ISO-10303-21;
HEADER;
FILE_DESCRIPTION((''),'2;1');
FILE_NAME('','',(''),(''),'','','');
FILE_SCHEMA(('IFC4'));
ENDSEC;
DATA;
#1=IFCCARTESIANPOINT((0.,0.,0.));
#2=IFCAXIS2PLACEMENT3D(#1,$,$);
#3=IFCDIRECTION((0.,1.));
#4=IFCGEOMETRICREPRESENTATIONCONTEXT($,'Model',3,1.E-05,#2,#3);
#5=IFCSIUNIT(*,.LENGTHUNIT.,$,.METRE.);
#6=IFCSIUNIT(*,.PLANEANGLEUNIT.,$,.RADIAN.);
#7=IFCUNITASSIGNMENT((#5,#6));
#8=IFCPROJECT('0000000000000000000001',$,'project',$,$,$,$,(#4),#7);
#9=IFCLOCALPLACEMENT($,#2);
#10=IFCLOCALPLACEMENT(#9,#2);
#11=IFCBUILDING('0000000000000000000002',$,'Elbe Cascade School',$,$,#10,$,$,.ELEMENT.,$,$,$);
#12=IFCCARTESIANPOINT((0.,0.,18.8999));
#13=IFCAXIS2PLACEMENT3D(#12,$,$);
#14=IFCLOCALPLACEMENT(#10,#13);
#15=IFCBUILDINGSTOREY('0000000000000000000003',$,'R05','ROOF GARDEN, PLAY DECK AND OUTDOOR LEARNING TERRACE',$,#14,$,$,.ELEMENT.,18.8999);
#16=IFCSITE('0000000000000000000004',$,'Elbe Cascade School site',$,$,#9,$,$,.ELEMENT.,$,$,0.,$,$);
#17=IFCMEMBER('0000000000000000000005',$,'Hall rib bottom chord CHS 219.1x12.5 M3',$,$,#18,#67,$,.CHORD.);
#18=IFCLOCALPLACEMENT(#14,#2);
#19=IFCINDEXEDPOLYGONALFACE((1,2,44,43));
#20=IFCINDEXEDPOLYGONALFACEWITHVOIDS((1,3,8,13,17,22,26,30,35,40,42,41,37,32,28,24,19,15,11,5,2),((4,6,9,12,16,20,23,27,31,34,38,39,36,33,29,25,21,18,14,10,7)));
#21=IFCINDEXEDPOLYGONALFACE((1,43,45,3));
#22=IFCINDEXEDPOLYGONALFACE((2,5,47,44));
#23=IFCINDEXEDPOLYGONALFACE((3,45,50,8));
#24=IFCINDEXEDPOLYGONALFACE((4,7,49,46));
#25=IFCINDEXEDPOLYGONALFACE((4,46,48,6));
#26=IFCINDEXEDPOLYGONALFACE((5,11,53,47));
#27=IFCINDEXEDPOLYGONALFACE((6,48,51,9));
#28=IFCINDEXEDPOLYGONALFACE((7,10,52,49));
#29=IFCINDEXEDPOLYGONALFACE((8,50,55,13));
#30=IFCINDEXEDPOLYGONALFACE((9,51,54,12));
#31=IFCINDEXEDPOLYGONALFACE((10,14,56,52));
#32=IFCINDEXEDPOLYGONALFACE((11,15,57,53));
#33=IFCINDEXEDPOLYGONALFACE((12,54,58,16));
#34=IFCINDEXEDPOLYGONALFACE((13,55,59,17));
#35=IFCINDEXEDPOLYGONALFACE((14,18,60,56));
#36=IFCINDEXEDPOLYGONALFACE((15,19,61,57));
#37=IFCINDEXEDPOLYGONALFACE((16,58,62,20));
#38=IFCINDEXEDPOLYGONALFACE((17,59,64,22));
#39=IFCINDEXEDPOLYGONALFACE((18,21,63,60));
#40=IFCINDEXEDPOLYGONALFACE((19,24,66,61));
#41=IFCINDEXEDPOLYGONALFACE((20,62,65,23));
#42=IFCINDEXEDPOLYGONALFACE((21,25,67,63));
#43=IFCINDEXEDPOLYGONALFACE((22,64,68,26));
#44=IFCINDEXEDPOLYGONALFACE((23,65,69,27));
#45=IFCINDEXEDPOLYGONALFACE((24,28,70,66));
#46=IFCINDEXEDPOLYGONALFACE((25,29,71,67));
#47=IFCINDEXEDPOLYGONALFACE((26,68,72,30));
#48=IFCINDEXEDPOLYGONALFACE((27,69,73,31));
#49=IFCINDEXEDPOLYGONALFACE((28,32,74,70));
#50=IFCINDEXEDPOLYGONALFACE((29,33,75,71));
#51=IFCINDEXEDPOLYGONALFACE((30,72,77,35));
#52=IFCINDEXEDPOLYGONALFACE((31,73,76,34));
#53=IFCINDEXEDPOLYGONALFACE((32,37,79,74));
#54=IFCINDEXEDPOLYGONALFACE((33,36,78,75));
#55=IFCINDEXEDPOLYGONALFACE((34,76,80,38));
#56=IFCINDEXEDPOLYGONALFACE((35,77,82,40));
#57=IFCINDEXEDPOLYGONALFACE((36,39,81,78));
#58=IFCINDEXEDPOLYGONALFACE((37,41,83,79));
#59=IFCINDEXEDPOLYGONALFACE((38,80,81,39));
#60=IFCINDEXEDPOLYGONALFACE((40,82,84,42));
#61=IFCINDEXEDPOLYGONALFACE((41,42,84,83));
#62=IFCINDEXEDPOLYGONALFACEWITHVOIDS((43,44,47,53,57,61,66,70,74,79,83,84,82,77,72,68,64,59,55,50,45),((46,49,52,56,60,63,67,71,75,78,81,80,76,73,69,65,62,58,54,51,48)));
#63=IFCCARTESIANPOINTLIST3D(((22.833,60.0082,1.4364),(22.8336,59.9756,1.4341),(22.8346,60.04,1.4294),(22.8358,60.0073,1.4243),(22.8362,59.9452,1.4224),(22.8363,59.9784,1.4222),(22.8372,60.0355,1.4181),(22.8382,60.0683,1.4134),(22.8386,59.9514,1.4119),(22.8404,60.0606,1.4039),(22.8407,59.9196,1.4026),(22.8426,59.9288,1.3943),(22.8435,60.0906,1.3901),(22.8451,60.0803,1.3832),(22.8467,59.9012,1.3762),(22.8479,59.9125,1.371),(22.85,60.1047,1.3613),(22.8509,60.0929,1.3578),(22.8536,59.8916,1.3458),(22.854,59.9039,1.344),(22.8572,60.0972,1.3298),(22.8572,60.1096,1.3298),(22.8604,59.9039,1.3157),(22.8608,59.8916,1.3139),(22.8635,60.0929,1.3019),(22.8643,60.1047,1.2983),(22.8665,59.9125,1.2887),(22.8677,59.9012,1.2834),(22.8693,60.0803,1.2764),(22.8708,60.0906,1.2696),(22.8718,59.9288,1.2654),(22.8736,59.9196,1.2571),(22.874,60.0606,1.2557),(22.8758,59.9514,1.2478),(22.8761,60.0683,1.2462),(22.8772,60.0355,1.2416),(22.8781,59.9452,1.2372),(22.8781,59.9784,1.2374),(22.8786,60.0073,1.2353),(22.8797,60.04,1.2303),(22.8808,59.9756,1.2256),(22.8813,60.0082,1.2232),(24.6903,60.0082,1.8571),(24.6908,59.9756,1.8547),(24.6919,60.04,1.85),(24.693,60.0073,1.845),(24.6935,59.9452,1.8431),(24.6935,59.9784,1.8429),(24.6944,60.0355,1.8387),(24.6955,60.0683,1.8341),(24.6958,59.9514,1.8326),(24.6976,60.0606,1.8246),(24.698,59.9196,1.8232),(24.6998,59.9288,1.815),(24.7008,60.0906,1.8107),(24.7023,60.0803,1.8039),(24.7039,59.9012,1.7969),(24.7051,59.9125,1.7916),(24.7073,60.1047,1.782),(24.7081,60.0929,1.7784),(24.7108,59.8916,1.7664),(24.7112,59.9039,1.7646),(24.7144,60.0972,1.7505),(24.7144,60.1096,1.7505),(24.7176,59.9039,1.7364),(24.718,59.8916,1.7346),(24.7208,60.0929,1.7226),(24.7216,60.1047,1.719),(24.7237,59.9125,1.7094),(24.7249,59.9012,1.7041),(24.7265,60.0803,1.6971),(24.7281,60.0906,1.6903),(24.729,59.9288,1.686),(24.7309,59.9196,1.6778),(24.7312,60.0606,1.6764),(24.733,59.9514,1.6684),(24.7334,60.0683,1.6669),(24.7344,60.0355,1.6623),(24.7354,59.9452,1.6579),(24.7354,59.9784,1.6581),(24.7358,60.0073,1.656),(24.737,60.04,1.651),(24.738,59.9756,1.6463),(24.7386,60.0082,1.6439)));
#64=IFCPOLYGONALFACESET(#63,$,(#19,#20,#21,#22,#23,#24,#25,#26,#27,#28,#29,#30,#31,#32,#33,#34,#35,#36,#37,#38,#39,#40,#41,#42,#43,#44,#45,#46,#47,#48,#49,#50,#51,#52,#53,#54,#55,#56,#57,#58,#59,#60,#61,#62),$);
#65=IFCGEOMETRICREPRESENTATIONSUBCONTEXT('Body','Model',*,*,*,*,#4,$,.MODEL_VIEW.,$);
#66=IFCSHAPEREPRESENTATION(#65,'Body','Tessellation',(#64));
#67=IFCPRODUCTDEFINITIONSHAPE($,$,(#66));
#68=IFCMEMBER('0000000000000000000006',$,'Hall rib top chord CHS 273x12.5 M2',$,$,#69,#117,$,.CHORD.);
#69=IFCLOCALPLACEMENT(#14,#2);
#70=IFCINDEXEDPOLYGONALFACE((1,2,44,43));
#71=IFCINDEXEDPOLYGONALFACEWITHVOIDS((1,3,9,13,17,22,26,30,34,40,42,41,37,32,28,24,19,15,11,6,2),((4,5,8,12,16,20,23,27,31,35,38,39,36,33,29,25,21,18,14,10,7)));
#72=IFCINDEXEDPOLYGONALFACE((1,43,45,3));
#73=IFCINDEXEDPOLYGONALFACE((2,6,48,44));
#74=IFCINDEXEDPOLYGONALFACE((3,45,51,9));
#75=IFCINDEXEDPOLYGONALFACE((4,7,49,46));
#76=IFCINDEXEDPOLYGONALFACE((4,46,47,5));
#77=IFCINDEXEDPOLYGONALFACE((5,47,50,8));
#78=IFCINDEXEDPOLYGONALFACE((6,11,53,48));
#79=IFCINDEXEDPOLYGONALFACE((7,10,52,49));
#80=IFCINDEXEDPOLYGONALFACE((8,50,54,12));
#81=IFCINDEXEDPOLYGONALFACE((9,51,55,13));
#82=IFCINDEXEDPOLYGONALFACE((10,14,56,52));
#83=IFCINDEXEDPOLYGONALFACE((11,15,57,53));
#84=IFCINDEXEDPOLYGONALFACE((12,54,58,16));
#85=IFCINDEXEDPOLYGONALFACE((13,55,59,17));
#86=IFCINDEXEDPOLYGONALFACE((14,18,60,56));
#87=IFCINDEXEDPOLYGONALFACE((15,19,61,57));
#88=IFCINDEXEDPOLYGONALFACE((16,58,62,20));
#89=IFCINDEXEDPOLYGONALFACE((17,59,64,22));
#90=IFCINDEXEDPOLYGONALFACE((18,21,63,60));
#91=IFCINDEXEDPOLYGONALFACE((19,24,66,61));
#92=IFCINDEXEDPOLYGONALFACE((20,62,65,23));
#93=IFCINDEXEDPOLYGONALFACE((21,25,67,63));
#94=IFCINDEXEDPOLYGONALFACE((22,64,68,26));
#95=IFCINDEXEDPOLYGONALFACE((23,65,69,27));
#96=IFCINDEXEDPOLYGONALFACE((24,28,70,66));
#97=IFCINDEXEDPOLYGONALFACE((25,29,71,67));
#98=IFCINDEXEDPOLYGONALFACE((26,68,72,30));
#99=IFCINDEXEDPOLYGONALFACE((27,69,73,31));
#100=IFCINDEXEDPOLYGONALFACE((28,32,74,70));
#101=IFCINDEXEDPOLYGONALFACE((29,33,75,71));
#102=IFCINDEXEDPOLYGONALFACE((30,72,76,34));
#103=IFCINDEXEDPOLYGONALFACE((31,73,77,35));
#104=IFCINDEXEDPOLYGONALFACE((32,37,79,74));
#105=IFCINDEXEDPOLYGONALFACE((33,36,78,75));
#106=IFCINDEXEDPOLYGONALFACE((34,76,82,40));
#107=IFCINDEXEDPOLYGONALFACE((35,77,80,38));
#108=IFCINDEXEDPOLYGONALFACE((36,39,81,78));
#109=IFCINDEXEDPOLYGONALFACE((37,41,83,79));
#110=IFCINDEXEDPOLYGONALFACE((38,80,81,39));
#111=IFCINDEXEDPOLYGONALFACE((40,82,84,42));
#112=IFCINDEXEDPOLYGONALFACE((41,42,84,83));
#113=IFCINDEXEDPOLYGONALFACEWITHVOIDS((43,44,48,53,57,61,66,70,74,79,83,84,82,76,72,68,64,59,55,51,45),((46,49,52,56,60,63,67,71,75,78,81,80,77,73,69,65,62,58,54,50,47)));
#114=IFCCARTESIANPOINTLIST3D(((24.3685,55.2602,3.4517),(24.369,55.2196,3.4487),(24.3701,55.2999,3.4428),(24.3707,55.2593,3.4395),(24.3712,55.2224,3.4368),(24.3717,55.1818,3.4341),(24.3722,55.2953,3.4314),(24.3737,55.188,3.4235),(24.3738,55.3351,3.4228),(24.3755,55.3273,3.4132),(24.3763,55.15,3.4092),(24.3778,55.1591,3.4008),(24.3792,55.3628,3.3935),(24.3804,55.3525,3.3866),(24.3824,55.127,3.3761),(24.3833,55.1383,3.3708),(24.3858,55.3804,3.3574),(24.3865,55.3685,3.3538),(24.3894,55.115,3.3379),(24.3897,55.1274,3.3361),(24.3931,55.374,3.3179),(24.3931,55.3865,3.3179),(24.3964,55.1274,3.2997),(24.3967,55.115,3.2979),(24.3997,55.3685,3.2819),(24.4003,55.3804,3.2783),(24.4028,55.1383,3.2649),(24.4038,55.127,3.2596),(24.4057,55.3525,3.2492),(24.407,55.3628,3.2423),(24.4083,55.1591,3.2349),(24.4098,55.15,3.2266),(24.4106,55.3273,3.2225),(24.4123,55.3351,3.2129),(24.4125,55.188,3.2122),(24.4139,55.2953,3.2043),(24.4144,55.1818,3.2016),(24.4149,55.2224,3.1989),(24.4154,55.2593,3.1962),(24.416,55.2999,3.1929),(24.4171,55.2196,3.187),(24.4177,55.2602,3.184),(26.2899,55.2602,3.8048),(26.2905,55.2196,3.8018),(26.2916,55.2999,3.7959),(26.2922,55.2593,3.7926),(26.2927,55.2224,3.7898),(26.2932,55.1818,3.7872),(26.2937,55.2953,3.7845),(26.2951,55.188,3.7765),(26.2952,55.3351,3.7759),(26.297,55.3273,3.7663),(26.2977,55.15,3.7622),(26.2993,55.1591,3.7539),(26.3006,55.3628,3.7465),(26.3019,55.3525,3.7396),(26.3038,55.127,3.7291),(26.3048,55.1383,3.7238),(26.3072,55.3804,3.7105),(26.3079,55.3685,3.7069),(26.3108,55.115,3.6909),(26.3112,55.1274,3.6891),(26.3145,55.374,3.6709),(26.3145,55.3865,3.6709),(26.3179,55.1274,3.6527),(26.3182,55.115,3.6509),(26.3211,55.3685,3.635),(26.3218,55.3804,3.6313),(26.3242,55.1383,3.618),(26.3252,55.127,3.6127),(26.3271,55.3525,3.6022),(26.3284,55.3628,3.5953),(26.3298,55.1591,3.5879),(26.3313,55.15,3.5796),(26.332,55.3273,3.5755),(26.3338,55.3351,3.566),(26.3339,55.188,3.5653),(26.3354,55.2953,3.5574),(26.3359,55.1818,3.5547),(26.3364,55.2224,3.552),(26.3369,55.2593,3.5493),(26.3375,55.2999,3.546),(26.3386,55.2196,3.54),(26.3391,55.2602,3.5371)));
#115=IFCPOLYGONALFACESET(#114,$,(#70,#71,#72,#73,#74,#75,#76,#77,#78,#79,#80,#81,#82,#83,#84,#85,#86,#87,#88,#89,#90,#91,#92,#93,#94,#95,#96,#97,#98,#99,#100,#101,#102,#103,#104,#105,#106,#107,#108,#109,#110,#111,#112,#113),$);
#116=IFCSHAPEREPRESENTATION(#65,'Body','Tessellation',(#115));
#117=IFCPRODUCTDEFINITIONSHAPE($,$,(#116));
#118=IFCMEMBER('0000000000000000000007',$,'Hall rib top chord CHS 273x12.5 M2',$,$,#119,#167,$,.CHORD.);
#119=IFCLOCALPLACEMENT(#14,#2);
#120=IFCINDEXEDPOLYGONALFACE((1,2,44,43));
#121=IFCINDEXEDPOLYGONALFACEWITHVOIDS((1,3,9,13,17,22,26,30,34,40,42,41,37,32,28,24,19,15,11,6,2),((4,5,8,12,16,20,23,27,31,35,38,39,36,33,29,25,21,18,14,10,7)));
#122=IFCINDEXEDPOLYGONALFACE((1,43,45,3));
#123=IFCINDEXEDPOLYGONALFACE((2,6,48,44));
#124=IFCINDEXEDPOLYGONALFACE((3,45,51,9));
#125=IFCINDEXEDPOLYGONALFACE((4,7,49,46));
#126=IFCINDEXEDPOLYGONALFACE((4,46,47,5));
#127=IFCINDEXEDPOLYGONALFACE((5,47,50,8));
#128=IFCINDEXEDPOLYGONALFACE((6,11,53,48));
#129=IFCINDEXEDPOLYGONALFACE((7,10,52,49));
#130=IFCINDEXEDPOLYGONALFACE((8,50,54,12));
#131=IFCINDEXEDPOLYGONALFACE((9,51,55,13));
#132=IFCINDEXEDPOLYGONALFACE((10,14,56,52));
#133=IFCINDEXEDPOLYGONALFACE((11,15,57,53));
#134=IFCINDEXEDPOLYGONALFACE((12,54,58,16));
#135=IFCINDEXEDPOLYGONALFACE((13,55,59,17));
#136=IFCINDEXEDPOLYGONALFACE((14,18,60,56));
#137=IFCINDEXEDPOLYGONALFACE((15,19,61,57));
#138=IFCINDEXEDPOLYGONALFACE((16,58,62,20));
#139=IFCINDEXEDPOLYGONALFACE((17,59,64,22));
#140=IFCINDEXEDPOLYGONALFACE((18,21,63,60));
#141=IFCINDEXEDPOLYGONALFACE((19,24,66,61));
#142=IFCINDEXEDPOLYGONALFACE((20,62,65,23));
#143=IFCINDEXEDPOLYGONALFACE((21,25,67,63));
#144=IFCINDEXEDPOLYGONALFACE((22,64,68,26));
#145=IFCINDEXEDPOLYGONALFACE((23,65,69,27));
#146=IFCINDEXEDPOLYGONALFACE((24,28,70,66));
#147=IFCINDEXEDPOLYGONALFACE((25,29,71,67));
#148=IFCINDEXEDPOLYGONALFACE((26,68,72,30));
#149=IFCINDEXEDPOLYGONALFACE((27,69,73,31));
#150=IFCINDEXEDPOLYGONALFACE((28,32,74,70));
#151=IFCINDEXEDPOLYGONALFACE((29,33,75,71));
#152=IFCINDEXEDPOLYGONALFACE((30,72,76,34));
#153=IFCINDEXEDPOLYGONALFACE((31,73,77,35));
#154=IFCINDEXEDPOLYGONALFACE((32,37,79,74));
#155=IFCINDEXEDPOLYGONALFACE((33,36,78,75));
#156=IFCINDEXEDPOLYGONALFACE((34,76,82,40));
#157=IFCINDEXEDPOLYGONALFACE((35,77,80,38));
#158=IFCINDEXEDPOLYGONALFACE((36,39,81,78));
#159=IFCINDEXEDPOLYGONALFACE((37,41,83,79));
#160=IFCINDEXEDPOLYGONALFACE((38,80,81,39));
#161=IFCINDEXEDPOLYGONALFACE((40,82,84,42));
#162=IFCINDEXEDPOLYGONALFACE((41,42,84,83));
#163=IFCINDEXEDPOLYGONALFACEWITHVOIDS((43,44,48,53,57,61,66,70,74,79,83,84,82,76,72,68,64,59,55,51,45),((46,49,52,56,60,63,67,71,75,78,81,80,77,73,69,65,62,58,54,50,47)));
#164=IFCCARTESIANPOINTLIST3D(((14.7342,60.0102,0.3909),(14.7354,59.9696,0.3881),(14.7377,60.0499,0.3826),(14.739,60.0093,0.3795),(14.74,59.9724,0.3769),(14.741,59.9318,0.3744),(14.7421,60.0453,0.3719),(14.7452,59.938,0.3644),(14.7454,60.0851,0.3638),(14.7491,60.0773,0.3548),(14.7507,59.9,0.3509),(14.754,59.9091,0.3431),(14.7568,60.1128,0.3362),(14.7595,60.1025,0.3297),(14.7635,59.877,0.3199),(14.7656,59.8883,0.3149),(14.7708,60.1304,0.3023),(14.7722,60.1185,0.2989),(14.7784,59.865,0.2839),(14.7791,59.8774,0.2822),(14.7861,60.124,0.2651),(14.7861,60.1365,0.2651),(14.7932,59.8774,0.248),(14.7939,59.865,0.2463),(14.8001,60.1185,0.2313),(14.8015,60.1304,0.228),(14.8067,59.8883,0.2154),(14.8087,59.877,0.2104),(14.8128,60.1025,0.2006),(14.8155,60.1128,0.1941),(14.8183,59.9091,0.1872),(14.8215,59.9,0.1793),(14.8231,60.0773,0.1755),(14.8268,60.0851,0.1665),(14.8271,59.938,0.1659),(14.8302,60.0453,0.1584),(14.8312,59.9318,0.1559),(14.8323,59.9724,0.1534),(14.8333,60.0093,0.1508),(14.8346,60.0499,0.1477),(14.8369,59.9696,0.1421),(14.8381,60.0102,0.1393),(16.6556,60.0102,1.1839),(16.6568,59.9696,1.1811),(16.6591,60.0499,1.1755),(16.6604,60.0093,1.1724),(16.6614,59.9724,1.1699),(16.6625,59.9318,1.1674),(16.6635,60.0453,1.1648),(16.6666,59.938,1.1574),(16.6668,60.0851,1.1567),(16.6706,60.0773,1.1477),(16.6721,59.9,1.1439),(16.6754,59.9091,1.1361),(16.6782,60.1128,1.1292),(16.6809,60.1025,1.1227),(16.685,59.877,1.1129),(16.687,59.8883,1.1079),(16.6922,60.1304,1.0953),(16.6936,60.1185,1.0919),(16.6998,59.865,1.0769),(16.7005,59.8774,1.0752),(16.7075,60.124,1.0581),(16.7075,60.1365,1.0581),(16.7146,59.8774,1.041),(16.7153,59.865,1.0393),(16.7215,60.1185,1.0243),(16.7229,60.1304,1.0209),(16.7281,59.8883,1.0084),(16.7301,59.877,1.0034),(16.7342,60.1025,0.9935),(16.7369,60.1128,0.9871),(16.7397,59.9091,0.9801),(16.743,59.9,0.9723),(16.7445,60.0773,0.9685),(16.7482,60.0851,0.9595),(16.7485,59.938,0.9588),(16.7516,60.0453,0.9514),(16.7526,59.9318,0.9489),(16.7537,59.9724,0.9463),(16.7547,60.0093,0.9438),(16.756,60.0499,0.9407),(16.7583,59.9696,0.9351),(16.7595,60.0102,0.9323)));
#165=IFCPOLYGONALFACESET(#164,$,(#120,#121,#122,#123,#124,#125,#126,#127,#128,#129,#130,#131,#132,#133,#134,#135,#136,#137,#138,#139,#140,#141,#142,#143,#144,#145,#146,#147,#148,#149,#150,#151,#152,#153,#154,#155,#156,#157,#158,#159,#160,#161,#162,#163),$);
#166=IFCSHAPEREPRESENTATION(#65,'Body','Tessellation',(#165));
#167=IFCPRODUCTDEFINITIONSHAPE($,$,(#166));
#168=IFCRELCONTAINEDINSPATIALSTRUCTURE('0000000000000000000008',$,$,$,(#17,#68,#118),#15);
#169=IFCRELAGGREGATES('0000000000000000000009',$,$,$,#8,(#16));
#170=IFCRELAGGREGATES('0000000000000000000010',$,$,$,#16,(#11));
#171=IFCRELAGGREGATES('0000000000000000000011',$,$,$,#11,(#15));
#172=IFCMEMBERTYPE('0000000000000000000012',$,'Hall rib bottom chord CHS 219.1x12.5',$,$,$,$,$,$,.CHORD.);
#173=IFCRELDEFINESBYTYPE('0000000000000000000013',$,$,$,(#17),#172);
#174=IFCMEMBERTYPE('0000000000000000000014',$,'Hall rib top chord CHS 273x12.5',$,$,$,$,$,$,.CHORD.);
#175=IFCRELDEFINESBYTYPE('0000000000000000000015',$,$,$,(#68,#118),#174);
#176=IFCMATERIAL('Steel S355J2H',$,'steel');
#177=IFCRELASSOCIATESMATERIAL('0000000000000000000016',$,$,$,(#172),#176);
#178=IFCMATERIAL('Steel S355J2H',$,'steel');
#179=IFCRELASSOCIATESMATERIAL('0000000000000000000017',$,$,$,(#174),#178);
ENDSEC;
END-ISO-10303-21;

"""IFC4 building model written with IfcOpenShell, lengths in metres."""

from ifc_helpers import new_model, si_unit, direction, frame, origin, origin_2d, place, context, subcontext, project, spatial, hollow_circle, extrude, material, material_profile, profile_set, type_object, element, save


model = new_model("IFC4")

# Units and contexts
model_context = context("Model", 3, precision=1e-05, world=origin(), true_north=direction((0.0, 1.0)))
body_context = subcontext(model_context, "Body", "Model", "MODEL_VIEW")
ifc_project = project(units=[si_unit("LENGTHUNIT", "METRE"), si_unit("PLANEANGLEUNIT", "RADIAN")], contexts=[model_context])

# Site, building, storey
site_placement = place(None, origin())
site = spatial("IfcSite", under=ifc_project, at=site_placement, Name="Elbe Cascade School site", CompositionType="ELEMENT", RefElevation=0.0)
building_placement = place(site_placement, origin())
building = spatial("IfcBuilding", under=site, at=building_placement, Name="Elbe Cascade School", CompositionType="ELEMENT")
storey_placement = place(building_placement, frame((0.0, 0.0, 18.8999)))
storey = spatial("IfcBuildingStorey", under=building, at=storey_placement, Name="R05", Description="ROOF GARDEN, PLAY DECK AND OUTDOOR LEARNING TERRACE", CompositionType="ELEMENT", Elevation=18.8999)

# Members
ifc_material_1 = material(Name="Steel S355J2H", Category="steel")
ifc_material_profile_1 = material_profile(ifc_material_1, hollow_circle(Radius=0.1096, WallThickness=0.0125, at=origin_2d()), Name="CHS 219.1x12.5")
ifc_profile_set_1 = profile_set([ifc_material_profile_1], Name="Steel S355J2H")
member_type_1 = type_object("IfcMemberType", Name="Hall rib bottom chord CHS 219.1x12.5", PredefinedType="CHORD", material=ifc_profile_set_1)
member_1_placement = place(storey_placement, frame((22.8572, 60.0, 1.3298), z_axis=(0.975295, 0.0, 0.220906), x_axis=(0.0, 1.0, 0.0)))
element("IfcMember", 1, at=member_1_placement, inside=storey, type_object=member_type_1, Name="Hall rib bottom chord CHS 219.1x12.5 M3", PredefinedType="CHORD", context=body_context, shape_type="SweptSolid", body=[
    extrude(hollow_circle(Radius=0.1096, WallThickness=0.0125, at=origin_2d()), origin(), (0.0, 0.0, 1.0), 1.9043),
])
ifc_material_2 = material(Name="Steel S355J2H", Category="steel")
ifc_material_profile_2 = material_profile(ifc_material_2, hollow_circle(Radius=0.1365, WallThickness=0.0125, at=origin_2d()), Name="CHS 273x12.5")
ifc_profile_set_2 = profile_set([ifc_material_profile_2], Name="Steel S355J2H")
member_type_2 = type_object("IfcMemberType", Name="Hall rib top chord CHS 273x12.5", PredefinedType="CHORD", material=ifc_profile_set_2)
member_2_placement = place(storey_placement, frame((24.3931, 55.25, 3.3179), z_axis=(0.983536, 0.0, 0.180711), x_axis=(0.0, 1.0, 0.0)))
element("IfcMember", 2, at=member_2_placement, inside=storey, type_object=member_type_2, Name="Hall rib top chord CHS 273x12.5 M2", PredefinedType="CHORD", context=body_context, shape_type="SweptSolid", body=[
    extrude(hollow_circle(Radius=0.1365, WallThickness=0.0125, at=origin_2d()), origin(), (0.0, 0.0, 1.0), 1.9536),
])
member_3_placement = place(storey_placement, frame((14.7861, 60.0, 0.2651), z_axis=(0.924371, 0.0, 0.381494), x_axis=(0.0, 1.0, 0.0)))
element("IfcMember", 3, at=member_3_placement, inside=storey, type_object=member_type_2, Name="Hall rib top chord CHS 273x12.5 M2", PredefinedType="CHORD", context=body_context, shape_type="SweptSolid", body=[
    extrude(hollow_circle(Radius=0.1365, WallThickness=0.0125, at=origin_2d()), origin(), (0.0, 0.0, 1.0), 2.0786),
])

save(model, "model.ifc")
